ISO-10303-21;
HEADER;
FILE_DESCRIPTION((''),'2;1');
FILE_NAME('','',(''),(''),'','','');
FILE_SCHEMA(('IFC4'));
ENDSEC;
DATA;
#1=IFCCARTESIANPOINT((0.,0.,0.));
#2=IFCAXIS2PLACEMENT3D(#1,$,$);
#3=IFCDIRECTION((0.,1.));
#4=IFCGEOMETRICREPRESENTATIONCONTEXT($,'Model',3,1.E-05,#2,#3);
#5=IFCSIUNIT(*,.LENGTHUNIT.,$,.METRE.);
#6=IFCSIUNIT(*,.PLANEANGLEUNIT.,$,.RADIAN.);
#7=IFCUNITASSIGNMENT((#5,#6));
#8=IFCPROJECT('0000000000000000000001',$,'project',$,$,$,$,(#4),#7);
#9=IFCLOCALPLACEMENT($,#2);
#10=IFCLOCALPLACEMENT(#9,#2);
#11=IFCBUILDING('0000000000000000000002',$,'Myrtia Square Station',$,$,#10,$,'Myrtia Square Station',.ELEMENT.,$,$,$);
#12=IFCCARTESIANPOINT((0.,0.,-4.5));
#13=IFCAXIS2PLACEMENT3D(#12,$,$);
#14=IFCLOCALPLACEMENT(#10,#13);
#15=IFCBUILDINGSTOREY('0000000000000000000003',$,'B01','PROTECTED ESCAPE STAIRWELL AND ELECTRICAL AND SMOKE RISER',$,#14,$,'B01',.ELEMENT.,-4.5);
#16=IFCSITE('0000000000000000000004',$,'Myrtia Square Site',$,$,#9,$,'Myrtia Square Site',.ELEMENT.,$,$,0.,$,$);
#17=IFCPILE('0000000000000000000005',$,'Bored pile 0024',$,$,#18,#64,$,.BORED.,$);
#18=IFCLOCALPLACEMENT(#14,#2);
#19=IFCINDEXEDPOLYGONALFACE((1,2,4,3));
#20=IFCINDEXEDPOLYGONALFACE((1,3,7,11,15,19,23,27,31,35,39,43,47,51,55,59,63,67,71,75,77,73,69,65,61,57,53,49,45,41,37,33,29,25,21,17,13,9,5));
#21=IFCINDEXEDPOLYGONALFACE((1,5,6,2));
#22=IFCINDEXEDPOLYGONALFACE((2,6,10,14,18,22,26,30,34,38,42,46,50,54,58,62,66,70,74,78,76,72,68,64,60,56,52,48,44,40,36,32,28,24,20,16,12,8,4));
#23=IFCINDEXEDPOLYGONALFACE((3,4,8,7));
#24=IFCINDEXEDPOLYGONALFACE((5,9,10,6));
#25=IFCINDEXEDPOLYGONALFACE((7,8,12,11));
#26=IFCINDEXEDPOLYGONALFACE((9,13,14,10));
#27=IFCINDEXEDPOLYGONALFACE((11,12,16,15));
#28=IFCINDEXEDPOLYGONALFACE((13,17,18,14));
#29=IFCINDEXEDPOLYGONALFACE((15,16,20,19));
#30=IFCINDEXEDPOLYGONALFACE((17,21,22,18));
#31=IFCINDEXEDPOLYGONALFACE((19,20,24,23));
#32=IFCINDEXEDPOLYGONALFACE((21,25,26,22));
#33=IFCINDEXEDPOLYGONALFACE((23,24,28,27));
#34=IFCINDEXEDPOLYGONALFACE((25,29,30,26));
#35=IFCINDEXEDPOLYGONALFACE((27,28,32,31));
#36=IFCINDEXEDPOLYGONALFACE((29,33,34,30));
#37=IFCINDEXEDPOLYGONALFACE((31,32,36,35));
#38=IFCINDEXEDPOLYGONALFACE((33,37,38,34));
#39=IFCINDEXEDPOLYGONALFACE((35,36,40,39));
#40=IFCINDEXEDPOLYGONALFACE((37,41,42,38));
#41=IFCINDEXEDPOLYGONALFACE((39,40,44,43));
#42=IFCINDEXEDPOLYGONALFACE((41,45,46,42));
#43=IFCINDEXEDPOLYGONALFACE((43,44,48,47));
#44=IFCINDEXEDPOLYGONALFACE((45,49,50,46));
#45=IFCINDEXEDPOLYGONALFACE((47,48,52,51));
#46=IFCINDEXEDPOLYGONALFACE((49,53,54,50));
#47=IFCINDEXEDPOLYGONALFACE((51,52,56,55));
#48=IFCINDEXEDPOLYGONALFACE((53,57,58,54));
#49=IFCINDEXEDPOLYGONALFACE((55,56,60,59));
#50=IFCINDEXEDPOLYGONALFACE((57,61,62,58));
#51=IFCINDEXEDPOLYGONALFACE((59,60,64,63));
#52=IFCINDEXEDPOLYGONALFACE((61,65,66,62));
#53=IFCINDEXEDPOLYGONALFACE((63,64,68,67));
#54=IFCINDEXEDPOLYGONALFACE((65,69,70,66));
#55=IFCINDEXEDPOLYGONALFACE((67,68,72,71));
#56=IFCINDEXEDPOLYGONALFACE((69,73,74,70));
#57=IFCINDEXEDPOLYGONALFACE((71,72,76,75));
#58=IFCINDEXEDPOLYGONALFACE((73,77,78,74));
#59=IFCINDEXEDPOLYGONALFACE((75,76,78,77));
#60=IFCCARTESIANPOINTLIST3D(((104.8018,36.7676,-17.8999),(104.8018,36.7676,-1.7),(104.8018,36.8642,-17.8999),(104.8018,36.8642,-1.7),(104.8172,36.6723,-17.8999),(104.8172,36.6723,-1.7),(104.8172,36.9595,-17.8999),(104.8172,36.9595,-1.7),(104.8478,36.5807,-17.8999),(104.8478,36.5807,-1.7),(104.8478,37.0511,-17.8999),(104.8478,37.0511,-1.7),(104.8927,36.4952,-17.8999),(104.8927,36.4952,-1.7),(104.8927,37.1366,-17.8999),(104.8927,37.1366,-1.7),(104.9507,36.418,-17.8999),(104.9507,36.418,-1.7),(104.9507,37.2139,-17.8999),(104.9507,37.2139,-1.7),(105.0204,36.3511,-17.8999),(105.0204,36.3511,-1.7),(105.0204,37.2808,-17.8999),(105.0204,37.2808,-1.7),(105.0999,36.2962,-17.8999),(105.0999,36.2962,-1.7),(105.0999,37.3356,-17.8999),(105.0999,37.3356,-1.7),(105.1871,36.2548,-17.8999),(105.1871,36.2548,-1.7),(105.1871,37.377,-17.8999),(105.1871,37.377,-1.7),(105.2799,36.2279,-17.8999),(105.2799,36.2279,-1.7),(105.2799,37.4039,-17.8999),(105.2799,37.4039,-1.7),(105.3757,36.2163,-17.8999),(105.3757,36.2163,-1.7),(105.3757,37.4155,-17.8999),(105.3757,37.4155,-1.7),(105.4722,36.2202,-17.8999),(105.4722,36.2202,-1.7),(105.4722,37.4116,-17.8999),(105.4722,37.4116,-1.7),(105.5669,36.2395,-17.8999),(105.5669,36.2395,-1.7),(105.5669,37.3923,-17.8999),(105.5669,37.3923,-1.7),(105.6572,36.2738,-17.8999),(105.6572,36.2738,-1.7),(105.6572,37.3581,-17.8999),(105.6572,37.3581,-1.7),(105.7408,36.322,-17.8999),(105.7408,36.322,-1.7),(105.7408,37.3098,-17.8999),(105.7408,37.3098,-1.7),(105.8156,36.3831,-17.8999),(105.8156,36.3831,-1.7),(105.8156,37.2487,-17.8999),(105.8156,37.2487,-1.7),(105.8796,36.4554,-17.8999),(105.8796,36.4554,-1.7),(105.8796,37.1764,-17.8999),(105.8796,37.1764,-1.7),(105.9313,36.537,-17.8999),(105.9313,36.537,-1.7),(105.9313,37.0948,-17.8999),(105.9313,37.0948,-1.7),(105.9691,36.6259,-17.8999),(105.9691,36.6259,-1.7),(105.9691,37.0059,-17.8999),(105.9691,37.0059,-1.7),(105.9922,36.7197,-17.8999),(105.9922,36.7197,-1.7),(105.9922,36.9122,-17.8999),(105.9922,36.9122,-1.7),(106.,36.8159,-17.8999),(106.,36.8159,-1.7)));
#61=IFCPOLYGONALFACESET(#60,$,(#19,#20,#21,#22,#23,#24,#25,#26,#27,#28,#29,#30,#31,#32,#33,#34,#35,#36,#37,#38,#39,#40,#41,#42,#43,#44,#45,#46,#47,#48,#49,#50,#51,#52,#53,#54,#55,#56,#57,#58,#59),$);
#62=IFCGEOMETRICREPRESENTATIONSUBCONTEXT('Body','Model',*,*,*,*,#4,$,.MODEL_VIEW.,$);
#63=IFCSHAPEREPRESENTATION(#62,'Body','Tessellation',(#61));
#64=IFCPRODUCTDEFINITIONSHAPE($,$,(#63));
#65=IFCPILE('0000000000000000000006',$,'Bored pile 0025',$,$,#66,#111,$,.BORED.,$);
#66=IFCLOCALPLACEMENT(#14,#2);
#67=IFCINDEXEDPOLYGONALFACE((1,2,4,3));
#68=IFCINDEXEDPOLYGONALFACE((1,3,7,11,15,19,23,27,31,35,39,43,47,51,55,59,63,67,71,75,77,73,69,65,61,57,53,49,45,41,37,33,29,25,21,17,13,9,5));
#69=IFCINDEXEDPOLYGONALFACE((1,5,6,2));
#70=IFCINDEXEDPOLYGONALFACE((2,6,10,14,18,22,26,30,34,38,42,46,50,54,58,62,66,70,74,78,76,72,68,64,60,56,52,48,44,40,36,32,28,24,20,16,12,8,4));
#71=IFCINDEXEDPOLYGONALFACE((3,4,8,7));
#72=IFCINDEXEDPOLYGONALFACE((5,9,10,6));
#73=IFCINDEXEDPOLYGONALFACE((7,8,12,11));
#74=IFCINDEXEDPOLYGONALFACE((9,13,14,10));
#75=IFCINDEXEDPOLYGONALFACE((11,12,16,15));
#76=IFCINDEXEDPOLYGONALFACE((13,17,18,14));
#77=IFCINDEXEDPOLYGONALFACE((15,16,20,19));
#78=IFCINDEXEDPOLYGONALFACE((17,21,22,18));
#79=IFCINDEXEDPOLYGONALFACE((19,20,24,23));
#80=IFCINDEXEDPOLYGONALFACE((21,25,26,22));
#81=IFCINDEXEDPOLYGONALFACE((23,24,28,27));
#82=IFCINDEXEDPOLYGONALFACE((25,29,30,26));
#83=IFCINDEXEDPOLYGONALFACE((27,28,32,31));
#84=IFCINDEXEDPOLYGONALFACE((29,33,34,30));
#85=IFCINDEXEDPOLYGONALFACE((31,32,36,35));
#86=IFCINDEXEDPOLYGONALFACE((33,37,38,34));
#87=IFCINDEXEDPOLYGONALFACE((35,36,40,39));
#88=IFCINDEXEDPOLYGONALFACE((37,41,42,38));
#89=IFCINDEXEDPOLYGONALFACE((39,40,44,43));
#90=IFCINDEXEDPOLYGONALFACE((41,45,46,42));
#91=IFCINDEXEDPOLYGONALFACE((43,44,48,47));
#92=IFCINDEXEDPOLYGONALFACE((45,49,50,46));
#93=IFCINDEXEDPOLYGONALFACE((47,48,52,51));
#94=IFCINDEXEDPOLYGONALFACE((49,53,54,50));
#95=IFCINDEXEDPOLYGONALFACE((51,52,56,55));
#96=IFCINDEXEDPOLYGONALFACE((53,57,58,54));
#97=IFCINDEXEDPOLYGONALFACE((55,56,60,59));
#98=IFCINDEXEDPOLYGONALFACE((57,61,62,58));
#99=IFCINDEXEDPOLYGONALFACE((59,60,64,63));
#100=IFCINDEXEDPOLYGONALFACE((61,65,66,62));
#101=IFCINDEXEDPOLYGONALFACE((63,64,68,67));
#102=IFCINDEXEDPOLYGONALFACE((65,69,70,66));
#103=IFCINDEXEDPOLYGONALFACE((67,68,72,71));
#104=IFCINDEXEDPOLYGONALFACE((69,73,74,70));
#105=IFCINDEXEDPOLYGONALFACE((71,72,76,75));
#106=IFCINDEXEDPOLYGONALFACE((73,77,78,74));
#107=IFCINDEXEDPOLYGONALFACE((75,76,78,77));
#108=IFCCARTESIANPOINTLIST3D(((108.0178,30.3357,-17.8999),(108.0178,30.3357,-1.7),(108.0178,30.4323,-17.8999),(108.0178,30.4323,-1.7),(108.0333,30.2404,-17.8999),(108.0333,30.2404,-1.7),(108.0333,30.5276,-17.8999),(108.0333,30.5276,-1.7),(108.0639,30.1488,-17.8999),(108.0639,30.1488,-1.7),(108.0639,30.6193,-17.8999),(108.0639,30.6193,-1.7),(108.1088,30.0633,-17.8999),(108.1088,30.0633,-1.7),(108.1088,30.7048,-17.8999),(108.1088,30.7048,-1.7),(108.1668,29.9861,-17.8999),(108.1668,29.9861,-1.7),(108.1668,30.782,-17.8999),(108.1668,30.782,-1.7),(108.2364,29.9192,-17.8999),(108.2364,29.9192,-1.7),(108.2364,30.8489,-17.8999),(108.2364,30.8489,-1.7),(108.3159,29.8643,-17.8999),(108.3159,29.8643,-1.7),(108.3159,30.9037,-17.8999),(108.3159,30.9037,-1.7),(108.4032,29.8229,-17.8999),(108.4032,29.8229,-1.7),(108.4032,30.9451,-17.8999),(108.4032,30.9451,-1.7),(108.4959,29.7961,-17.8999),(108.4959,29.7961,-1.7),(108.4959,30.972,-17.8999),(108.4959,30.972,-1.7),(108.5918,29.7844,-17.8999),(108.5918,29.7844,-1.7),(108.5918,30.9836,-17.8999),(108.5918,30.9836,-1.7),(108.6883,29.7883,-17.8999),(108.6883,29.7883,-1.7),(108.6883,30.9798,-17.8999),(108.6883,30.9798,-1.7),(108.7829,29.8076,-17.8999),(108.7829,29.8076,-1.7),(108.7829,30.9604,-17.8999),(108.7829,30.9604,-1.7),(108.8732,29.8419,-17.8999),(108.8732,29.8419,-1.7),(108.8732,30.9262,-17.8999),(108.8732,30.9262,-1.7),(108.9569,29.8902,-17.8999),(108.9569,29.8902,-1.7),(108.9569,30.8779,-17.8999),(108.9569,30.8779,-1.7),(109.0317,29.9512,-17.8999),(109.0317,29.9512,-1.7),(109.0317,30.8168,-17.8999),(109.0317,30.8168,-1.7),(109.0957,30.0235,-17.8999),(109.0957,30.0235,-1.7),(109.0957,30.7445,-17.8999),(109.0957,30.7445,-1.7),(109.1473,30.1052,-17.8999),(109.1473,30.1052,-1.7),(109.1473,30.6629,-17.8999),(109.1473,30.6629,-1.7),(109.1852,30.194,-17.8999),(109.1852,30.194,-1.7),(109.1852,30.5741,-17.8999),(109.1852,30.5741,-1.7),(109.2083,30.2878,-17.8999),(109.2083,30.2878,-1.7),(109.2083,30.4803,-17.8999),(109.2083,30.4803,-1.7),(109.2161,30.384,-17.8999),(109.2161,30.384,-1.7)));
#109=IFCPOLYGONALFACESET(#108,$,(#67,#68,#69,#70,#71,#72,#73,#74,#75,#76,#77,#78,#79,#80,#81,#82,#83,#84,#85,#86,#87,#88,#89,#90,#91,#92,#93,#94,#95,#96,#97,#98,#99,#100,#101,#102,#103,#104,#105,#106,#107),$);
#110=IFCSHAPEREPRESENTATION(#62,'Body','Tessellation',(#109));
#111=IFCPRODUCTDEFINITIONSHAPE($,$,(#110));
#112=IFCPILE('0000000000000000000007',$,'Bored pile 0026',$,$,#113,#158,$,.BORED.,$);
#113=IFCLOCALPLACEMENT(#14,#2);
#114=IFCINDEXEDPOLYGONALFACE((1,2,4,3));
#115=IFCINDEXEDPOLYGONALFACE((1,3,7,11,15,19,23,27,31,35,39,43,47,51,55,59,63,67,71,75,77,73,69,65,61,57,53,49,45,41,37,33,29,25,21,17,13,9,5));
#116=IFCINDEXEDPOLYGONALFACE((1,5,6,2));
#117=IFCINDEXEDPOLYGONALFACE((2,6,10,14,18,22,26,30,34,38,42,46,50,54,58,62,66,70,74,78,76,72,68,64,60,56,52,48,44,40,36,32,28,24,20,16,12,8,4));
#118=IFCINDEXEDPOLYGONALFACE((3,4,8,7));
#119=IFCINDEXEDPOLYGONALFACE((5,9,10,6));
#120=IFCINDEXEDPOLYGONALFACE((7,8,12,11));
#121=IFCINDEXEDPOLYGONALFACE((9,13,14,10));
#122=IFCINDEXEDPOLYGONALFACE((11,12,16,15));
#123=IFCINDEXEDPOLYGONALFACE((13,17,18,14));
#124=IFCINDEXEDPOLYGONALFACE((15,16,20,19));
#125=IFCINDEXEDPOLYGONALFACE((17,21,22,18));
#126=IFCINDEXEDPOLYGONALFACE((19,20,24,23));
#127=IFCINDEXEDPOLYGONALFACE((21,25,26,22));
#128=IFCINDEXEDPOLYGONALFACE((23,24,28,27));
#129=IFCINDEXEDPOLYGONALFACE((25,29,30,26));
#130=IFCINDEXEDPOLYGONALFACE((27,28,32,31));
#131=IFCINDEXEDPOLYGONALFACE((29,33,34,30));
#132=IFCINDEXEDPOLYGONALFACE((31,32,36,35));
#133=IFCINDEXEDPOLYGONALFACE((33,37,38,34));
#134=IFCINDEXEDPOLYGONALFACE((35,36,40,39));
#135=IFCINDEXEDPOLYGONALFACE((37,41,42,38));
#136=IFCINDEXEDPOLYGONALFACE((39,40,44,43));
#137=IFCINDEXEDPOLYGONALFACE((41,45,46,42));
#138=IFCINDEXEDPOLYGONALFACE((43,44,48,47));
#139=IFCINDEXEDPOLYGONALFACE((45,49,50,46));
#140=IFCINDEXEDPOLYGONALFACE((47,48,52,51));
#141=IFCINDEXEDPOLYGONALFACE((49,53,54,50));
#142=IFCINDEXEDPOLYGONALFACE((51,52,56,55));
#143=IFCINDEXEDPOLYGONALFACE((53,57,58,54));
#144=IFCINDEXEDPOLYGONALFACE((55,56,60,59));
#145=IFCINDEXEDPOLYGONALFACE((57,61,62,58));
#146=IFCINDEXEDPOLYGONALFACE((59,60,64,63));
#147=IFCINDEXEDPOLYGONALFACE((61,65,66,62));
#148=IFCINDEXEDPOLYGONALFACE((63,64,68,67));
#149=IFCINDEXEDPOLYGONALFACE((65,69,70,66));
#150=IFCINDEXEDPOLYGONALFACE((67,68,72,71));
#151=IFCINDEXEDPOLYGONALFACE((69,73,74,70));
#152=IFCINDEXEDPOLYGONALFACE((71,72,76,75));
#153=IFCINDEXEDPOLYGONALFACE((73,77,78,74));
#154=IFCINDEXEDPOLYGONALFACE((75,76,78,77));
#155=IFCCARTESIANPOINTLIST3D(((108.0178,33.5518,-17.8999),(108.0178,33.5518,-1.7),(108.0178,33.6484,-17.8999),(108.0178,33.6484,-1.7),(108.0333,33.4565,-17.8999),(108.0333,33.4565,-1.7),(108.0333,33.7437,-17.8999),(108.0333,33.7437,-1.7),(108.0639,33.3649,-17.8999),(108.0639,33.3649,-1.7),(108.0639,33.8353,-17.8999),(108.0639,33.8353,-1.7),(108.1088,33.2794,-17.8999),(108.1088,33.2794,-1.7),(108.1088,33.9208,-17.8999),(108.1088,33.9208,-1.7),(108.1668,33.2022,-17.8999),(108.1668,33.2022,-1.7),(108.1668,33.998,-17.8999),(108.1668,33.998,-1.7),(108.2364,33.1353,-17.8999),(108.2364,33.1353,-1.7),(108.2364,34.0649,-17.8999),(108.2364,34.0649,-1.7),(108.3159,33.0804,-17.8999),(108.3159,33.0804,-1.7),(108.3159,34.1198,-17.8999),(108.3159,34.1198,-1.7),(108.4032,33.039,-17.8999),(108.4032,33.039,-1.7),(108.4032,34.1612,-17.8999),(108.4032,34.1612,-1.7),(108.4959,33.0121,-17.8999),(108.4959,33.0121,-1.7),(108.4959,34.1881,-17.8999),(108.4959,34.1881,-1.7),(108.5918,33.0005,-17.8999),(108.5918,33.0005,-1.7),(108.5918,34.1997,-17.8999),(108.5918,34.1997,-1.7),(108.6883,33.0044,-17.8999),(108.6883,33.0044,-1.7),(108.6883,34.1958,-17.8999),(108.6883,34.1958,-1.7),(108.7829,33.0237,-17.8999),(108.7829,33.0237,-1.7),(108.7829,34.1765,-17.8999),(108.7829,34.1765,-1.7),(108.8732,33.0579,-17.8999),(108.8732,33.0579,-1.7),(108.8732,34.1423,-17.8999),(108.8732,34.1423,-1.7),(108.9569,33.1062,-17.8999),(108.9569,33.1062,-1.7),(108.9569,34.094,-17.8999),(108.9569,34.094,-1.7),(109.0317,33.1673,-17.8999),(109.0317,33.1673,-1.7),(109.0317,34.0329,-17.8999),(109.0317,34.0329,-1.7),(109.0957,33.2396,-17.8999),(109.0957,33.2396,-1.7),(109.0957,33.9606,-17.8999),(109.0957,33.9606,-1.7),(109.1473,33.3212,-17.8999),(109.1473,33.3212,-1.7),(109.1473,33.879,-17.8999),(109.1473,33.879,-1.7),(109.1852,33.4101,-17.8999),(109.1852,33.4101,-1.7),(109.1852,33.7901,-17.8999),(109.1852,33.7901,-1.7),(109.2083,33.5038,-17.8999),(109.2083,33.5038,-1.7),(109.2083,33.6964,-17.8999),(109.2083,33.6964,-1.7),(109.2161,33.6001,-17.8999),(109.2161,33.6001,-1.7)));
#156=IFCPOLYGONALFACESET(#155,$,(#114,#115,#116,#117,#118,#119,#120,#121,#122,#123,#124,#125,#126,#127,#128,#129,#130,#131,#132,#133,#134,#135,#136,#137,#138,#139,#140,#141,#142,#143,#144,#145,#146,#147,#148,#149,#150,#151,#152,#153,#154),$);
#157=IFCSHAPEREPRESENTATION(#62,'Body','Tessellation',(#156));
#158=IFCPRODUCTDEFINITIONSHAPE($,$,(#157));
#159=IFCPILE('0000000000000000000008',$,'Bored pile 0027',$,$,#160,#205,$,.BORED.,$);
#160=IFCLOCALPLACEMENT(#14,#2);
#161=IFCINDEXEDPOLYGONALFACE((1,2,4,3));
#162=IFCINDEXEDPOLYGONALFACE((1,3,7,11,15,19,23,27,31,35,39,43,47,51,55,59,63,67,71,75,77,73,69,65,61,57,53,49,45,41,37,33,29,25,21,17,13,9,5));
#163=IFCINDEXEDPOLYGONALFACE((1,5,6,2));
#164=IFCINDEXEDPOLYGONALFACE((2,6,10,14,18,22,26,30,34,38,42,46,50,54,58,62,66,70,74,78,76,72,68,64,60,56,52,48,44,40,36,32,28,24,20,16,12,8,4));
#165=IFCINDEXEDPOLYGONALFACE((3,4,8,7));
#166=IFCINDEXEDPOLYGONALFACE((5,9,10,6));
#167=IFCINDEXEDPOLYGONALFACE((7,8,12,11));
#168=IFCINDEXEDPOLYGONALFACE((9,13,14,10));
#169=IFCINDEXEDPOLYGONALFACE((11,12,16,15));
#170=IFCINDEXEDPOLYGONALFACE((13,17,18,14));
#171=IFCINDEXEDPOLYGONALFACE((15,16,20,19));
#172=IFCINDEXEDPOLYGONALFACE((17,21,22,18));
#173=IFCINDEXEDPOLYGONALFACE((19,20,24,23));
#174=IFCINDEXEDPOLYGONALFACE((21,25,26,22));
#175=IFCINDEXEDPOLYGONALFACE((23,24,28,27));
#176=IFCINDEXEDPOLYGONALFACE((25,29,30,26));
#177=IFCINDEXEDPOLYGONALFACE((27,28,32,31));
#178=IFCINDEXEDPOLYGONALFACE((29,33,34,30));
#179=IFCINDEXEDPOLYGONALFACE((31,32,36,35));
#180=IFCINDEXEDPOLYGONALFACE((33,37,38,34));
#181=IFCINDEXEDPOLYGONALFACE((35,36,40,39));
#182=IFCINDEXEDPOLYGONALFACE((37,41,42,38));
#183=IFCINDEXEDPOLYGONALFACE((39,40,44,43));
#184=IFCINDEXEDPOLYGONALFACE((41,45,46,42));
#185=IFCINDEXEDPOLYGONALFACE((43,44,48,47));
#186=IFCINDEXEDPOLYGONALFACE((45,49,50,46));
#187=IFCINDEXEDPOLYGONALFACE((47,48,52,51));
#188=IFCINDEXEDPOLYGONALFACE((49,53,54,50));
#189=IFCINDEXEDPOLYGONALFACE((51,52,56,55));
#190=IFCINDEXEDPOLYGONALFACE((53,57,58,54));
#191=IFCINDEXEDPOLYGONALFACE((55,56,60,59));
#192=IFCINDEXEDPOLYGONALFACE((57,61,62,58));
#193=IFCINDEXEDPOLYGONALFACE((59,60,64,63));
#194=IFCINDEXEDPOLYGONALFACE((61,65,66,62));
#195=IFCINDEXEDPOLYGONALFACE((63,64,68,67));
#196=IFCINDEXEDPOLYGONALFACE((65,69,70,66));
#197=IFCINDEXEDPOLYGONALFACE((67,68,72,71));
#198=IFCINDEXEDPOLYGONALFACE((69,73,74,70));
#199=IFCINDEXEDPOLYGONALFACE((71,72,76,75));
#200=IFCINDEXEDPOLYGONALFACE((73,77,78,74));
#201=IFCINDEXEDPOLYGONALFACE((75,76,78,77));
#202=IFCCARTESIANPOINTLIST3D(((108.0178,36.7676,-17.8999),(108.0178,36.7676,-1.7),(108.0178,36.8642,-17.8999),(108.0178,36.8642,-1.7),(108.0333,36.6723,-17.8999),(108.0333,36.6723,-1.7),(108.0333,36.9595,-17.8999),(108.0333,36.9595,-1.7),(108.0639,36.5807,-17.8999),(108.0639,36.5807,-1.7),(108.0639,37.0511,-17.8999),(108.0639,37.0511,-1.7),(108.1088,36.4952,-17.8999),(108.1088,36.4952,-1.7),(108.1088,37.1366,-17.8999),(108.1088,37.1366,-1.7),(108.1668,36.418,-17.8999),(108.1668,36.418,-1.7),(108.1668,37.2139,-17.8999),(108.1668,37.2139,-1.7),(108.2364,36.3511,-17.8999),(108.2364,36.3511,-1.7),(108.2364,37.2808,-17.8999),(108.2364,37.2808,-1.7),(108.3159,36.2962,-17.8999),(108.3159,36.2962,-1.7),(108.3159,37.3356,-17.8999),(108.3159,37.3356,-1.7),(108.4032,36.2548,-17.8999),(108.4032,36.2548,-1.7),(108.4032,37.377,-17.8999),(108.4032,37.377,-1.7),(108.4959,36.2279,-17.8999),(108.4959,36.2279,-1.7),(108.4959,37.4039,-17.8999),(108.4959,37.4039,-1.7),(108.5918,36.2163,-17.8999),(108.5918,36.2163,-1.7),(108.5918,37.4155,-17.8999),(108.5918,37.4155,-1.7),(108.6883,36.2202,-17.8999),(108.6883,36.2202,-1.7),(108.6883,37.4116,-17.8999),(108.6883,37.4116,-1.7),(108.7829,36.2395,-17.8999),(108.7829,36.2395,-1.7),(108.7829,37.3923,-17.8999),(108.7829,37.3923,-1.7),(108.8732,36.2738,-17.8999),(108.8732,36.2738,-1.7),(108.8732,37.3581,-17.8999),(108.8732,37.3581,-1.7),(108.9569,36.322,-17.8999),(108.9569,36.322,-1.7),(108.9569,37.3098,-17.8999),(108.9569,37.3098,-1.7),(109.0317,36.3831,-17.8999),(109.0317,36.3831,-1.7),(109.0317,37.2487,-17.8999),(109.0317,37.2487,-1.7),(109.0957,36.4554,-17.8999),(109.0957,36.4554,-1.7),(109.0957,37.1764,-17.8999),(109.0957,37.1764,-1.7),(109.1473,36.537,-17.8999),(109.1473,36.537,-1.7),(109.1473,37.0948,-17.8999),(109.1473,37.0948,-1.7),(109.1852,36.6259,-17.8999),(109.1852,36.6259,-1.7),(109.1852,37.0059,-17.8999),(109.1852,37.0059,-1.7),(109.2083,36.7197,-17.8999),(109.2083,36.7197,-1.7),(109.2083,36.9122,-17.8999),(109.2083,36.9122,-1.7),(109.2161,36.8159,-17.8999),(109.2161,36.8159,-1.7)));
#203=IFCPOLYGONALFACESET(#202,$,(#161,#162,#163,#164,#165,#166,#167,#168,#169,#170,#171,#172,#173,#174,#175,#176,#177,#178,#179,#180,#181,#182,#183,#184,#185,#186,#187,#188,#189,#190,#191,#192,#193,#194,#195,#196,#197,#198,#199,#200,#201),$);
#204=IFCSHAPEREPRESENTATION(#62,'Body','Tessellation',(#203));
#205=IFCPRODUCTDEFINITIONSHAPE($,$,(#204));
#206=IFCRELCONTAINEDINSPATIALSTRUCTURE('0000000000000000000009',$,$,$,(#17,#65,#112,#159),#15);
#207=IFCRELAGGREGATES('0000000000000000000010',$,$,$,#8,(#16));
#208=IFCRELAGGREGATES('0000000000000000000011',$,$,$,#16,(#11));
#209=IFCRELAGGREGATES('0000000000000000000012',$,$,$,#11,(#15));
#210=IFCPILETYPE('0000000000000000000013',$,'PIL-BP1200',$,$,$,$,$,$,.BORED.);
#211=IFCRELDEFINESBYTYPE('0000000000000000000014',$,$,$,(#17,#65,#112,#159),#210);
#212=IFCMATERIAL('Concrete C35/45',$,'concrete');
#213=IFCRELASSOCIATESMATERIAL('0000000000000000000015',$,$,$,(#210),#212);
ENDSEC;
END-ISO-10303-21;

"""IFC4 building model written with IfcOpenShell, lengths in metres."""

from ifc_helpers import new_model, si_unit, direction, frame, origin, origin_2d, place, context, subcontext, project, spatial, circle, extrude, material, material_profile, profile_set, type_object, element, save


model = new_model("IFC4")

# Units and contexts
model_context = context("Model", 3, precision=1e-05, world=origin(), true_north=direction((0.0, 1.0)))
body_context = subcontext(model_context, "Body", "Model", "MODEL_VIEW")
ifc_project = project(units=[si_unit("LENGTHUNIT", "METRE"), si_unit("PLANEANGLEUNIT", "RADIAN")], contexts=[model_context])

# Site, building, storey
site_placement = place(None, origin())
site = spatial("IfcSite", under=ifc_project, at=site_placement, Name="Myrtia Square Site", LongName="Myrtia Square Site", CompositionType="ELEMENT", RefElevation=0.0)
building_placement = place(site_placement, origin())
building = spatial("IfcBuilding", under=site, at=building_placement, Name="Myrtia Square Station", LongName="Myrtia Square Station", CompositionType="ELEMENT")
storey_placement = place(building_placement, frame((0.0, 0.0, -4.5)))
storey = spatial("IfcBuildingStorey", under=building, at=storey_placement, Name="B01", Description="PROTECTED ESCAPE STAIRWELL AND ELECTRICAL AND SMOKE RISER", LongName="B01", CompositionType="ELEMENT", Elevation=-4.5)

# Shared definitions
ifc_material_1 = material(Name="Concrete C35/45", Category="concrete")

# Piles
ifc_material_profile_1 = material_profile(ifc_material_1, circle(Radius=0.6001, at=origin_2d()), Name="BP D1200")
ifc_profile_set_1 = profile_set([ifc_material_profile_1], Name="Concrete C35/45")
pile_type_1 = type_object("IfcPileType", Name="PIL-BP1200", PredefinedType="BORED", material=ifc_profile_set_1)
for number, where, z_axis, x_axis, name in (
    (1, (105.3999, 36.8159, -1.7), (0.0, 0.0, -1.0), (1.0, 0.0, 0.0), "Bored pile 0024"),
    (2, (108.616, 30.384, -1.7), (0.0, 0.0, -1.0), (1.0, 0.0, 0.0), "Bored pile 0025"),
    (3, (108.616, 33.6001, -1.7), (0.0, 0.0, -1.0), (1.0, 0.0, 0.0), "Bored pile 0026"),
    (4, (108.616, 36.8159, -1.7), (0.0, 0.0, -1.0), (1.0, 0.0, 0.0), "Bored pile 0027"),
):
    element("IfcPile", number, at=place(storey_placement, frame(where, z_axis=z_axis, x_axis=x_axis)), inside=storey, type_object=pile_type_1, Name=name, PredefinedType="BORED", context=body_context, shape_type="SweptSolid", body=[
        extrude(circle(Radius=0.6001, at=origin_2d()), origin(), (0.0, 0.0, 1.0), 16.2),
    ])

save(model, "model.ifc")
